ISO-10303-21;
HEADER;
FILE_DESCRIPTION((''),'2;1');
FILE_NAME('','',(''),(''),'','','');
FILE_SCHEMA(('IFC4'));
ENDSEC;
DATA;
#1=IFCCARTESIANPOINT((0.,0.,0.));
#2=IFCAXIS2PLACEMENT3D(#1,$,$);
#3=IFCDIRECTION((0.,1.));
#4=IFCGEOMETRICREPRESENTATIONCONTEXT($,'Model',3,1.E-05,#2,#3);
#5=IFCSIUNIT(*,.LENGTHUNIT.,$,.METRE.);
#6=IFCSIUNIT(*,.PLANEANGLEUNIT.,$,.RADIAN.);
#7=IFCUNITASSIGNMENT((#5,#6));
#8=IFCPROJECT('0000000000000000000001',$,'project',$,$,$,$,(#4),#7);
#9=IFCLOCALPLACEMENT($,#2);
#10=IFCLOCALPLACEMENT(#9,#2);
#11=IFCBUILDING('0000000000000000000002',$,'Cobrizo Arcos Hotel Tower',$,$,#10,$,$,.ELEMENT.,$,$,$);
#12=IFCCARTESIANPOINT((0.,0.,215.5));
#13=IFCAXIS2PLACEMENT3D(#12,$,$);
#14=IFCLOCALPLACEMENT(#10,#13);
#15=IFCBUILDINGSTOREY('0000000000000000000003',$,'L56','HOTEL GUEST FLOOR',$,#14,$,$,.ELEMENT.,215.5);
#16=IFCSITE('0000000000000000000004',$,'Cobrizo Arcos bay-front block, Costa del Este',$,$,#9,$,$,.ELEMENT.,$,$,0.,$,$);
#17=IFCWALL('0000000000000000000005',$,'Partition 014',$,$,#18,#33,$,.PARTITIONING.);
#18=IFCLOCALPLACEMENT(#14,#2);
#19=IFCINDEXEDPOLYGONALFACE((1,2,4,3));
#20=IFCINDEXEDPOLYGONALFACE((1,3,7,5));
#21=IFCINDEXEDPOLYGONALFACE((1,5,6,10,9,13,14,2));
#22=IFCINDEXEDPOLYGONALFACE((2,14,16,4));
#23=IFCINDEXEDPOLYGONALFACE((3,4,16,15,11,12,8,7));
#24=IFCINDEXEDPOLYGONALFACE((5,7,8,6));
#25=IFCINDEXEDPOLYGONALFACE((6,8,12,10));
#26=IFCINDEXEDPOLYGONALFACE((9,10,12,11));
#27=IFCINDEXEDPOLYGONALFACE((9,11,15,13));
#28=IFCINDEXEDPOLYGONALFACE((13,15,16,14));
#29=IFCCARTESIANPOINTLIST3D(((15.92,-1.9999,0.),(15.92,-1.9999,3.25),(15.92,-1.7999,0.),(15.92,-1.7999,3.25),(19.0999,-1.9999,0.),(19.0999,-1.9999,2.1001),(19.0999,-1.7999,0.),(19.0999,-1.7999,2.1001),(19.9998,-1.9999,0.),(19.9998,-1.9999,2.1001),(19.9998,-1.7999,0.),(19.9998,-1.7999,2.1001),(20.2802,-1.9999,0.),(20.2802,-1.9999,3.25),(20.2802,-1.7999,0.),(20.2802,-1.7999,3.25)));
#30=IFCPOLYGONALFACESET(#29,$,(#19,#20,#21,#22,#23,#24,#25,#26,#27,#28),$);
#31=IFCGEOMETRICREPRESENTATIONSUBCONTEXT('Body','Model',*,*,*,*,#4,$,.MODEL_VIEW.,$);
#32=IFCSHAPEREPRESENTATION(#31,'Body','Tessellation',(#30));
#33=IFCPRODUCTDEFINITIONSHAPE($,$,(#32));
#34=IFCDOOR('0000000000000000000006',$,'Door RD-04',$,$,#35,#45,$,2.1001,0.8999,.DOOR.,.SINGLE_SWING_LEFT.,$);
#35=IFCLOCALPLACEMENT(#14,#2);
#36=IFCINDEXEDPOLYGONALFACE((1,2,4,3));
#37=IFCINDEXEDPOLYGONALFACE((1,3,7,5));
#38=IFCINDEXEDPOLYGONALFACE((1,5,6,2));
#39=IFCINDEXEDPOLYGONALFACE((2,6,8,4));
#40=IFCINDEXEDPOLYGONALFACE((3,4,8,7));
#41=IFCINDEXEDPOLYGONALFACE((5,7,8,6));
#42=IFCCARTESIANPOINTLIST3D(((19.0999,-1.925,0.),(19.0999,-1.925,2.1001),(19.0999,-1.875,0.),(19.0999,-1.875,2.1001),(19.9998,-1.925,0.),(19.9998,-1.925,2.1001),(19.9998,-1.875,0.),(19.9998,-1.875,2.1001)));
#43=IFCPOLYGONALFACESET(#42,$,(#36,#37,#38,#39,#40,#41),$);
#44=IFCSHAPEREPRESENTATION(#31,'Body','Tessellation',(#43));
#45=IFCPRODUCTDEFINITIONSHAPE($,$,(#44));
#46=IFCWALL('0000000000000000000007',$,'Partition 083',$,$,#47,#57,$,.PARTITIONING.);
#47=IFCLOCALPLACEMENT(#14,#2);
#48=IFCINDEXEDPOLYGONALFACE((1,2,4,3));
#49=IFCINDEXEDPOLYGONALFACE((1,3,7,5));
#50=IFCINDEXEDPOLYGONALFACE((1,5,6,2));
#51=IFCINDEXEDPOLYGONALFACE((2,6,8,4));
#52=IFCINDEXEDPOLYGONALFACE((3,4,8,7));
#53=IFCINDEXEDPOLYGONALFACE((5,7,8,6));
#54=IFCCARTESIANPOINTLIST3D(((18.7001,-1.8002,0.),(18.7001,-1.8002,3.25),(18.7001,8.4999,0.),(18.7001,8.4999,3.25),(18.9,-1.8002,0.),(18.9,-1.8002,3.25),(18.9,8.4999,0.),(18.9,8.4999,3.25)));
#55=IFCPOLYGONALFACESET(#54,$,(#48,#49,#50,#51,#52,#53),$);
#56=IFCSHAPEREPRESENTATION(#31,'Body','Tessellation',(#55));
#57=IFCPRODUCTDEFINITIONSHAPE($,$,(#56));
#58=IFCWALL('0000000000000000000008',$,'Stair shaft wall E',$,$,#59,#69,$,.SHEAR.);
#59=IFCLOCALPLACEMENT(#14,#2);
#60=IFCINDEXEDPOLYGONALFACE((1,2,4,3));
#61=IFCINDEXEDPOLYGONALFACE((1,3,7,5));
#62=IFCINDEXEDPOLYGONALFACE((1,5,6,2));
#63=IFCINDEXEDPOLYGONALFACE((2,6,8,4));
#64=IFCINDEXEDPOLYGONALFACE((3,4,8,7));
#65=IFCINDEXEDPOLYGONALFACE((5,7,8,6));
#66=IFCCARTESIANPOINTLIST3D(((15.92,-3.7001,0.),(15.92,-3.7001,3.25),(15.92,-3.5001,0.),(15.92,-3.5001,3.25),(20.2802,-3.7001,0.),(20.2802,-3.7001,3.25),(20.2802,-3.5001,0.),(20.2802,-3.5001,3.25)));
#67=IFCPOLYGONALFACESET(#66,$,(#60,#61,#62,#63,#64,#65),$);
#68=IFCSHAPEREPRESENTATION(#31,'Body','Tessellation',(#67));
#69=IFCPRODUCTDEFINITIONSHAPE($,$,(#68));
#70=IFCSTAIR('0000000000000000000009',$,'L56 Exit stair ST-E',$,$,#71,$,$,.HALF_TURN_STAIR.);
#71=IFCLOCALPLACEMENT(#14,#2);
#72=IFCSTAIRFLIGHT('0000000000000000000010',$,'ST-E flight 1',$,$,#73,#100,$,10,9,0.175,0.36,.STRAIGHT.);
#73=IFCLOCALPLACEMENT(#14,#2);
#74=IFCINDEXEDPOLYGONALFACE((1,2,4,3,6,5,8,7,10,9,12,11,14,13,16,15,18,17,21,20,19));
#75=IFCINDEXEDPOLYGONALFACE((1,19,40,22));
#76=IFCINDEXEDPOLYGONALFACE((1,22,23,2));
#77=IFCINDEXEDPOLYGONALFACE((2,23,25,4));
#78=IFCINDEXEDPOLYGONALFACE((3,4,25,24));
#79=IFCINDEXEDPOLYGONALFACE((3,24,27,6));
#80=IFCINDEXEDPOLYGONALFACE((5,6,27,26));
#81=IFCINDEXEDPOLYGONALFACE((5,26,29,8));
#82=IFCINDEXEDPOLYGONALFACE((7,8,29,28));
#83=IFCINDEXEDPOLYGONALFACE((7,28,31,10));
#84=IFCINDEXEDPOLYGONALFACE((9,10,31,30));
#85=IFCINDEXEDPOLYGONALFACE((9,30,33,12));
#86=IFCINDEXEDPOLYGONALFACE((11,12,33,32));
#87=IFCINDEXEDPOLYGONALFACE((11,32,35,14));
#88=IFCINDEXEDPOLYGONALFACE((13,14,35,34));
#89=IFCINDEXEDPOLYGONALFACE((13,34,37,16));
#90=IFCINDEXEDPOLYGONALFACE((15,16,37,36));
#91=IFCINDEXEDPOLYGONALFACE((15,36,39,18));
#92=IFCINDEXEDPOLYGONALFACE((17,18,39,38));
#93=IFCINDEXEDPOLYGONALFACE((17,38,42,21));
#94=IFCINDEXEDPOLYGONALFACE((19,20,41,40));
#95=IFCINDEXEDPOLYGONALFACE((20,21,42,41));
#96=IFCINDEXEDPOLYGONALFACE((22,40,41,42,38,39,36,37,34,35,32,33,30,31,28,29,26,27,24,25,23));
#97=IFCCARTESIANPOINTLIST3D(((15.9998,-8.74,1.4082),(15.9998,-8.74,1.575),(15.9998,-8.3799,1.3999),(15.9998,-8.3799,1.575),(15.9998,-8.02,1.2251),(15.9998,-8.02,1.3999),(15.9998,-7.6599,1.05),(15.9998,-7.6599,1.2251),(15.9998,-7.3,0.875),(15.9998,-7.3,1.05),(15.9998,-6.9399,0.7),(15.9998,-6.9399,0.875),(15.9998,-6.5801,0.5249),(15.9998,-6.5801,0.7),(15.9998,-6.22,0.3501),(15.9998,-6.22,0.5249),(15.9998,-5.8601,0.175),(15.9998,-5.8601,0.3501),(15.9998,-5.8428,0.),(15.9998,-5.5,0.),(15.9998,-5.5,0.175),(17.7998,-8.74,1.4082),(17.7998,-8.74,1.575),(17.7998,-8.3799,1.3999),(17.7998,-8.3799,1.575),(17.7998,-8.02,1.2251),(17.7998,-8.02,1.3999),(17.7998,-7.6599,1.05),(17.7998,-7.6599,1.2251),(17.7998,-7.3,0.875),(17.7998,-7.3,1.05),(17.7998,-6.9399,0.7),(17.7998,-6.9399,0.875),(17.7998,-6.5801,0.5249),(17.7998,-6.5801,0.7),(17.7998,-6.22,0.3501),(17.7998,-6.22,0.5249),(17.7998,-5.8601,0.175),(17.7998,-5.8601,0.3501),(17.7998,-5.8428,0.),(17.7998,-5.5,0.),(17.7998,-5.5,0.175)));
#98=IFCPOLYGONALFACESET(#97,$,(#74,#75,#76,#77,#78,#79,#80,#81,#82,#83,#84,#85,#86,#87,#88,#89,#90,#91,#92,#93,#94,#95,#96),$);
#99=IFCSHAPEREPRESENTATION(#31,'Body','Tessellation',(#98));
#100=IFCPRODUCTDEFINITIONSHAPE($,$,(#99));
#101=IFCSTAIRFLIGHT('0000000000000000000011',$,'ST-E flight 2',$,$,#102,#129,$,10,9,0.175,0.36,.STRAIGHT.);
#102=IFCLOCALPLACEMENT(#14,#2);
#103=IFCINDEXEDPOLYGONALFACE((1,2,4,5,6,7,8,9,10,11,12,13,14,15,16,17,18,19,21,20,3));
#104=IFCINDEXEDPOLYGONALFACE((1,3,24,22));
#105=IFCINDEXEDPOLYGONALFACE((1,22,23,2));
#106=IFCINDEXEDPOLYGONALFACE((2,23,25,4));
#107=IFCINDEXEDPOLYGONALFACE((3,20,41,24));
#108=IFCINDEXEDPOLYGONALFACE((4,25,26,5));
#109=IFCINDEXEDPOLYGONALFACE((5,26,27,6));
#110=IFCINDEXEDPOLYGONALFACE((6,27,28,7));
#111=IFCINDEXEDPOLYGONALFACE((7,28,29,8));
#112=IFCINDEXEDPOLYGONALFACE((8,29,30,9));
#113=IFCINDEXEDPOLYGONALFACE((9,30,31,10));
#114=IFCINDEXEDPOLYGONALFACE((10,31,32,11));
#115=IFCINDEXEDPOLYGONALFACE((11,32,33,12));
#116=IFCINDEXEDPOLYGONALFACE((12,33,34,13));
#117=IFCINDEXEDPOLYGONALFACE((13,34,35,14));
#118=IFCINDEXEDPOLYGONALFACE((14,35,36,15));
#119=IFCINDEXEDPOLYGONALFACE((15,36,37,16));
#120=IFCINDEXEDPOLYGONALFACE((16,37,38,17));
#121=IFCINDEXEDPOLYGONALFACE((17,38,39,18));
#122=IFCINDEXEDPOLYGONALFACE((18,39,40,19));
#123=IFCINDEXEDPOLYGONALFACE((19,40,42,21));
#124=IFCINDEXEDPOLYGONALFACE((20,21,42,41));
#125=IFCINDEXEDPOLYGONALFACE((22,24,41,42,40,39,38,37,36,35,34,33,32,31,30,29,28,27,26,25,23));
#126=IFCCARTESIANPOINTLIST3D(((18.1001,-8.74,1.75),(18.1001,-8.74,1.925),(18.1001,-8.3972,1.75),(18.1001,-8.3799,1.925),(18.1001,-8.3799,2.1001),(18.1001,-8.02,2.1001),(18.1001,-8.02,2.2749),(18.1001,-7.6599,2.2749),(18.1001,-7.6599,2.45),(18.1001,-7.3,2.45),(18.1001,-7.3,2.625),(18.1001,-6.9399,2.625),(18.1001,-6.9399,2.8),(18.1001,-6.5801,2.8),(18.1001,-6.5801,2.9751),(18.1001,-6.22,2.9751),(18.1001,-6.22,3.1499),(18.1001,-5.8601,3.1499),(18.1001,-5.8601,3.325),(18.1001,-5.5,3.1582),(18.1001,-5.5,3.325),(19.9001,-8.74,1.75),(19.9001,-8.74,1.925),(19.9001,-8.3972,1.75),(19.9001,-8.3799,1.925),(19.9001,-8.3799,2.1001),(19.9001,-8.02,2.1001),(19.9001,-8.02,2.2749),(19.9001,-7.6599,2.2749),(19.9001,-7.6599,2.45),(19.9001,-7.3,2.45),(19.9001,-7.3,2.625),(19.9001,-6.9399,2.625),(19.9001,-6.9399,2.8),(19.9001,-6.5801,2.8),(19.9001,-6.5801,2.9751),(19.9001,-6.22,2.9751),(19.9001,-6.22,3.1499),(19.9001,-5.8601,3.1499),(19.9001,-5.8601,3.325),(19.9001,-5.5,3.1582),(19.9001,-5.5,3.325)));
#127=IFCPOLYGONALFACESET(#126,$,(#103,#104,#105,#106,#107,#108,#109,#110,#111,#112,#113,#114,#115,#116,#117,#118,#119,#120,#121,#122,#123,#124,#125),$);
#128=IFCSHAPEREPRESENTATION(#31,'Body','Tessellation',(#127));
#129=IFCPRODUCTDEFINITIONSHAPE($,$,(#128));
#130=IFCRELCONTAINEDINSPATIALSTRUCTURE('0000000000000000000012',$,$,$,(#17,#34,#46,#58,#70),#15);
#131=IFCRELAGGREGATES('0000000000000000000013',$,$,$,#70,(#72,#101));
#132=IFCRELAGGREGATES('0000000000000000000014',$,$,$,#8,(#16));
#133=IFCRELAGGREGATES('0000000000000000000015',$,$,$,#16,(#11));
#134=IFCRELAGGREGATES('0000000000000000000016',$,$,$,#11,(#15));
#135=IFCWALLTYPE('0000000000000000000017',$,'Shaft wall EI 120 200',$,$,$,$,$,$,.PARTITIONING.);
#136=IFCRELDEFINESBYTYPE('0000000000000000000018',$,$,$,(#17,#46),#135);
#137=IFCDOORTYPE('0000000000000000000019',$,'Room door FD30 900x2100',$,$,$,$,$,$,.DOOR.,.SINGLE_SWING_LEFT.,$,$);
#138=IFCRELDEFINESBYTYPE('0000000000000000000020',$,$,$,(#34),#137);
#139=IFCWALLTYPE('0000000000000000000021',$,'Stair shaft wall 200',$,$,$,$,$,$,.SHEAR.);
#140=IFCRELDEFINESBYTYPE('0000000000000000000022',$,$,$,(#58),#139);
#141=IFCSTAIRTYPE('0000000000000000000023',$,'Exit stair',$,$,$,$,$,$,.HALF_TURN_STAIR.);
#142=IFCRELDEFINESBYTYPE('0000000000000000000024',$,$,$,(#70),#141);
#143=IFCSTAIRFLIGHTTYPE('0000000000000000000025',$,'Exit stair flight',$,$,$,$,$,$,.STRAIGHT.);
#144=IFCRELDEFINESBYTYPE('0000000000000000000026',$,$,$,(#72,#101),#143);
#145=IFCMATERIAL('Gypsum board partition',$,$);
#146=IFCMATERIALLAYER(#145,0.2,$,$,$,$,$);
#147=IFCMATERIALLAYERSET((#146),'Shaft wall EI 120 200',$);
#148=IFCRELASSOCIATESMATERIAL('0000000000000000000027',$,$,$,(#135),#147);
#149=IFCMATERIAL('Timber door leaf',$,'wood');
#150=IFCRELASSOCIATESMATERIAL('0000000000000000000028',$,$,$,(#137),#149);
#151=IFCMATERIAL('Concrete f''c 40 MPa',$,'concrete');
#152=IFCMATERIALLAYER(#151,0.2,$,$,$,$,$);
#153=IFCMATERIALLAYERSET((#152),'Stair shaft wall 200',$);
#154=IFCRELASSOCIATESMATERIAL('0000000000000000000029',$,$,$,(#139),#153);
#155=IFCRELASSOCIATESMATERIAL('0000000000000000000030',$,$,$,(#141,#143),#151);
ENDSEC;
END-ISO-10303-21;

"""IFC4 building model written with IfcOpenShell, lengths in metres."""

from ifc_helpers import new_model, si_unit, direction, frame, frame_2d, origin, place, context, subcontext, project, spatial, polyline, rectangle, outline, extrude, material, layer, layer_set, type_object, element, fill, aggregate, save


model = new_model("IFC4")

# Units and contexts
model_context = context("Model", 3, precision=1e-05, world=origin(), true_north=direction((0.0, 1.0)))
body_context = subcontext(model_context, "Body", "Model", "MODEL_VIEW")
ifc_project = project(units=[si_unit("LENGTHUNIT", "METRE"), si_unit("PLANEANGLEUNIT", "RADIAN")], contexts=[model_context])

# Site, building, storey
site_placement = place(None, origin())
site = spatial("IfcSite", under=ifc_project, at=site_placement, Name="Cobrizo Arcos bay-front block, Costa del Este", CompositionType="ELEMENT", RefElevation=0.0)
building_placement = place(site_placement, origin())
building = spatial("IfcBuilding", under=site, at=building_placement, Name="Cobrizo Arcos Hotel Tower", CompositionType="ELEMENT")
storey_placement = place(building_placement, frame((0.0, 0.0, 215.5)))
storey = spatial("IfcBuildingStorey", under=building, at=storey_placement, Name="L56", Description="HOTEL GUEST FLOOR", CompositionType="ELEMENT", Elevation=215.5)

# Wall, opening, door
ifc_material_1 = material(Name="Gypsum board partition")
ifc_layer_1 = layer(ifc_material_1, 0.2)
ifc_layer_set_1 = layer_set([ifc_layer_1], Name="Shaft wall EI 120 200")
wall_type_1 = type_object("IfcWallType", Name="Shaft wall EI 120 200", PredefinedType="PARTITIONING", material=ifc_layer_set_1)
wall_1_placement = place(storey_placement, frame((15.9199, -1.8999, 0.0), z_axis=(0.0, 0.0, 1.0), x_axis=(1.0, 0.0, 0.0)))
wall_1 = element("IfcWall", 1, at=wall_1_placement, inside=storey, type_object=wall_type_1, Name="Partition 014", PredefinedType="PARTITIONING", context=body_context, shape_type="SweptSolid", body=[
    extrude(rectangle(XDim=4.3601, YDim=0.2, at=frame_2d((2.1802, 0.0))), origin(), (0.0, 0.0, 1.0), 3.25),
])
opening_placement = place(wall_1_placement, frame((3.1799, 0.0, 0.0)))
opening = element("IfcOpeningElement", 2, at=opening_placement, cuts=wall_1, PredefinedType="OPENING", context=body_context, shape_type="SweptSolid", body=[
    extrude(rectangle(XDim=0.8999, YDim=2.1001, at=frame_2d((0.45, 1.05))), frame((0.0, 0.1121, 0.0), z_axis=(0.0, -1.0, 0.0), x_axis=(1.0, 0.0, 0.0)), (0.0, 0.0, 1.0), 0.2239),
])
ifc_material_2 = material(Name="Timber door leaf", Category="wood")
door_type = type_object("IfcDoorType", Name="Room door FD30 900x2100", OperationType="SINGLE_SWING_LEFT", PredefinedType="DOOR", material=ifc_material_2)
door_placement = place(opening_placement, origin())
door = element("IfcDoor", 3, at=door_placement, inside=storey, type_object=door_type, Name="Door RD-04", OperationType="SINGLE_SWING_LEFT", OverallHeight=2.1001, OverallWidth=0.8999, PredefinedType="DOOR", context=body_context, shape_type="SweptSolid", body=[
    extrude(rectangle(XDim=0.8999, YDim=2.1001, at=frame_2d((0.45, 1.05))), frame((0.0, 0.0249, 0.0), z_axis=(0.0, -1.0, 0.0), x_axis=(1.0, 0.0, 0.0)), (0.0, 0.0, 1.0), 0.05),
])
fill(opening, door)

# Walls
wall_2_placement = place(storey_placement, frame((18.8, -1.8, 0.0), z_axis=(0.0, 0.0, 1.0), x_axis=(0.0, 1.0, 0.0)))
element("IfcWall", 4, at=wall_2_placement, inside=storey, type_object=wall_type_1, Name="Partition 083", PredefinedType="PARTITIONING", context=body_context, shape_type="SweptSolid", body=[
    extrude(rectangle(XDim=10.3, YDim=0.2, at=frame_2d((5.1499, 0.0))), origin(), (0.0, 0.0, 1.0), 3.25),
])
ifc_material_3 = material(Name="Concrete f'c 40 MPa", Category="concrete")
ifc_layer_2 = layer(ifc_material_3, 0.2)
ifc_layer_set_2 = layer_set([ifc_layer_2], Name="Stair shaft wall 200")
wall_type_2 = type_object("IfcWallType", Name="Stair shaft wall 200", PredefinedType="SHEAR", material=ifc_layer_set_2)
wall_3_placement = place(storey_placement, frame((15.9199, -3.6001, 0.0), z_axis=(0.0, 0.0, 1.0), x_axis=(1.0, 0.0, 0.0)))
element("IfcWall", 5, at=wall_3_placement, inside=storey, type_object=wall_type_2, Name="Stair shaft wall E", PredefinedType="SHEAR", context=body_context, shape_type="SweptSolid", body=[
    extrude(rectangle(XDim=4.3601, YDim=0.2, at=frame_2d((2.1802, 0.0))), origin(), (0.0, 0.0, 1.0), 3.25),
])

# Stair, stair flights
stair_type = type_object("IfcStairType", Name="Exit stair", PredefinedType="HALF_TURN_STAIR", material=ifc_material_3)
stair_placement = place(storey_placement, origin())
stair = element("IfcStair", 6, at=stair_placement, inside=storey, type_object=stair_type, Name="L56 Exit stair ST-E", PredefinedType="HALF_TURN_STAIR")
stair_flight_type = type_object("IfcStairFlightType", Name="Exit stair flight", PredefinedType="STRAIGHT", material=ifc_material_3)
stair_flight_1_placement = place(storey_placement, frame((16.8999, -5.5, 0.0), z_axis=(0.0, 0.0, 1.0), x_axis=(0.0, -1.0, 0.0)))
stair_flight_1 = element("IfcStairFlight", 7, at=stair_flight_1_placement, type_object=stair_flight_type, Name="ST-E flight 1", NumberOfRisers=10, NumberOfTreads=9, PredefinedType="STRAIGHT", RiserHeight=0.175, TreadLength=0.36, context=body_context, shape_type="SweptSolid", body=[
    extrude(outline(polyline([(0.0, 0.0), (0.0, 0.175), (0.3601, 0.175), (0.3601, 0.3501), (0.72, 0.3501), (0.72, 0.5249), (1.0801, 0.5249), (1.0801, 0.7), (1.4399, 0.7), (1.4399, 0.875), (1.8, 0.875), (1.8, 1.05), (2.1599, 1.05), (2.1599, 1.2251), (2.52, 1.2251), (2.52, 1.3999), (2.8799, 1.3999), (2.8799, 1.575), (3.24, 1.575), (3.24, 1.75), (3.24, 1.4082), (0.3428, 0.0), (0.0, 0.0)])), frame((0.0, 0.8999, 0.0), z_axis=(0.0, -1.0, 0.0), x_axis=(1.0, 0.0, 0.0)), (0.0, 0.0, 1.0), 1.8),
])
stair_flight_2_placement = place(storey_placement, frame((19.0, -8.74, 1.75), z_axis=(0.0, 0.0, 1.0), x_axis=(0.0, 1.0, 0.0)))
stair_flight_2 = element("IfcStairFlight", 8, at=stair_flight_2_placement, type_object=stair_flight_type, Name="ST-E flight 2", NumberOfRisers=10, NumberOfTreads=9, PredefinedType="STRAIGHT", RiserHeight=0.175, TreadLength=0.36, context=body_context, shape_type="SweptSolid", body=[
    extrude(outline(polyline([(0.0, 0.0), (0.0, 0.175), (0.3601, 0.175), (0.3601, 0.3501), (0.72, 0.3501), (0.72, 0.5249), (1.0801, 0.5249), (1.0801, 0.7), (1.4399, 0.7), (1.4399, 0.875), (1.8, 0.875), (1.8, 1.05), (2.1599, 1.05), (2.1599, 1.2251), (2.52, 1.2251), (2.52, 1.3999), (2.8799, 1.3999), (2.8799, 1.575), (3.24, 1.575), (3.24, 1.75), (3.24, 1.4082), (0.3428, 0.0), (0.0, 0.0)])), frame((0.0, 0.8999, 0.0), z_axis=(0.0, -1.0, 0.0), x_axis=(1.0, 0.0, 0.0)), (0.0, 0.0, 1.0), 1.8),
])
aggregate(stair, [stair_flight_1, stair_flight_2])

save(model, "model.ifc")
